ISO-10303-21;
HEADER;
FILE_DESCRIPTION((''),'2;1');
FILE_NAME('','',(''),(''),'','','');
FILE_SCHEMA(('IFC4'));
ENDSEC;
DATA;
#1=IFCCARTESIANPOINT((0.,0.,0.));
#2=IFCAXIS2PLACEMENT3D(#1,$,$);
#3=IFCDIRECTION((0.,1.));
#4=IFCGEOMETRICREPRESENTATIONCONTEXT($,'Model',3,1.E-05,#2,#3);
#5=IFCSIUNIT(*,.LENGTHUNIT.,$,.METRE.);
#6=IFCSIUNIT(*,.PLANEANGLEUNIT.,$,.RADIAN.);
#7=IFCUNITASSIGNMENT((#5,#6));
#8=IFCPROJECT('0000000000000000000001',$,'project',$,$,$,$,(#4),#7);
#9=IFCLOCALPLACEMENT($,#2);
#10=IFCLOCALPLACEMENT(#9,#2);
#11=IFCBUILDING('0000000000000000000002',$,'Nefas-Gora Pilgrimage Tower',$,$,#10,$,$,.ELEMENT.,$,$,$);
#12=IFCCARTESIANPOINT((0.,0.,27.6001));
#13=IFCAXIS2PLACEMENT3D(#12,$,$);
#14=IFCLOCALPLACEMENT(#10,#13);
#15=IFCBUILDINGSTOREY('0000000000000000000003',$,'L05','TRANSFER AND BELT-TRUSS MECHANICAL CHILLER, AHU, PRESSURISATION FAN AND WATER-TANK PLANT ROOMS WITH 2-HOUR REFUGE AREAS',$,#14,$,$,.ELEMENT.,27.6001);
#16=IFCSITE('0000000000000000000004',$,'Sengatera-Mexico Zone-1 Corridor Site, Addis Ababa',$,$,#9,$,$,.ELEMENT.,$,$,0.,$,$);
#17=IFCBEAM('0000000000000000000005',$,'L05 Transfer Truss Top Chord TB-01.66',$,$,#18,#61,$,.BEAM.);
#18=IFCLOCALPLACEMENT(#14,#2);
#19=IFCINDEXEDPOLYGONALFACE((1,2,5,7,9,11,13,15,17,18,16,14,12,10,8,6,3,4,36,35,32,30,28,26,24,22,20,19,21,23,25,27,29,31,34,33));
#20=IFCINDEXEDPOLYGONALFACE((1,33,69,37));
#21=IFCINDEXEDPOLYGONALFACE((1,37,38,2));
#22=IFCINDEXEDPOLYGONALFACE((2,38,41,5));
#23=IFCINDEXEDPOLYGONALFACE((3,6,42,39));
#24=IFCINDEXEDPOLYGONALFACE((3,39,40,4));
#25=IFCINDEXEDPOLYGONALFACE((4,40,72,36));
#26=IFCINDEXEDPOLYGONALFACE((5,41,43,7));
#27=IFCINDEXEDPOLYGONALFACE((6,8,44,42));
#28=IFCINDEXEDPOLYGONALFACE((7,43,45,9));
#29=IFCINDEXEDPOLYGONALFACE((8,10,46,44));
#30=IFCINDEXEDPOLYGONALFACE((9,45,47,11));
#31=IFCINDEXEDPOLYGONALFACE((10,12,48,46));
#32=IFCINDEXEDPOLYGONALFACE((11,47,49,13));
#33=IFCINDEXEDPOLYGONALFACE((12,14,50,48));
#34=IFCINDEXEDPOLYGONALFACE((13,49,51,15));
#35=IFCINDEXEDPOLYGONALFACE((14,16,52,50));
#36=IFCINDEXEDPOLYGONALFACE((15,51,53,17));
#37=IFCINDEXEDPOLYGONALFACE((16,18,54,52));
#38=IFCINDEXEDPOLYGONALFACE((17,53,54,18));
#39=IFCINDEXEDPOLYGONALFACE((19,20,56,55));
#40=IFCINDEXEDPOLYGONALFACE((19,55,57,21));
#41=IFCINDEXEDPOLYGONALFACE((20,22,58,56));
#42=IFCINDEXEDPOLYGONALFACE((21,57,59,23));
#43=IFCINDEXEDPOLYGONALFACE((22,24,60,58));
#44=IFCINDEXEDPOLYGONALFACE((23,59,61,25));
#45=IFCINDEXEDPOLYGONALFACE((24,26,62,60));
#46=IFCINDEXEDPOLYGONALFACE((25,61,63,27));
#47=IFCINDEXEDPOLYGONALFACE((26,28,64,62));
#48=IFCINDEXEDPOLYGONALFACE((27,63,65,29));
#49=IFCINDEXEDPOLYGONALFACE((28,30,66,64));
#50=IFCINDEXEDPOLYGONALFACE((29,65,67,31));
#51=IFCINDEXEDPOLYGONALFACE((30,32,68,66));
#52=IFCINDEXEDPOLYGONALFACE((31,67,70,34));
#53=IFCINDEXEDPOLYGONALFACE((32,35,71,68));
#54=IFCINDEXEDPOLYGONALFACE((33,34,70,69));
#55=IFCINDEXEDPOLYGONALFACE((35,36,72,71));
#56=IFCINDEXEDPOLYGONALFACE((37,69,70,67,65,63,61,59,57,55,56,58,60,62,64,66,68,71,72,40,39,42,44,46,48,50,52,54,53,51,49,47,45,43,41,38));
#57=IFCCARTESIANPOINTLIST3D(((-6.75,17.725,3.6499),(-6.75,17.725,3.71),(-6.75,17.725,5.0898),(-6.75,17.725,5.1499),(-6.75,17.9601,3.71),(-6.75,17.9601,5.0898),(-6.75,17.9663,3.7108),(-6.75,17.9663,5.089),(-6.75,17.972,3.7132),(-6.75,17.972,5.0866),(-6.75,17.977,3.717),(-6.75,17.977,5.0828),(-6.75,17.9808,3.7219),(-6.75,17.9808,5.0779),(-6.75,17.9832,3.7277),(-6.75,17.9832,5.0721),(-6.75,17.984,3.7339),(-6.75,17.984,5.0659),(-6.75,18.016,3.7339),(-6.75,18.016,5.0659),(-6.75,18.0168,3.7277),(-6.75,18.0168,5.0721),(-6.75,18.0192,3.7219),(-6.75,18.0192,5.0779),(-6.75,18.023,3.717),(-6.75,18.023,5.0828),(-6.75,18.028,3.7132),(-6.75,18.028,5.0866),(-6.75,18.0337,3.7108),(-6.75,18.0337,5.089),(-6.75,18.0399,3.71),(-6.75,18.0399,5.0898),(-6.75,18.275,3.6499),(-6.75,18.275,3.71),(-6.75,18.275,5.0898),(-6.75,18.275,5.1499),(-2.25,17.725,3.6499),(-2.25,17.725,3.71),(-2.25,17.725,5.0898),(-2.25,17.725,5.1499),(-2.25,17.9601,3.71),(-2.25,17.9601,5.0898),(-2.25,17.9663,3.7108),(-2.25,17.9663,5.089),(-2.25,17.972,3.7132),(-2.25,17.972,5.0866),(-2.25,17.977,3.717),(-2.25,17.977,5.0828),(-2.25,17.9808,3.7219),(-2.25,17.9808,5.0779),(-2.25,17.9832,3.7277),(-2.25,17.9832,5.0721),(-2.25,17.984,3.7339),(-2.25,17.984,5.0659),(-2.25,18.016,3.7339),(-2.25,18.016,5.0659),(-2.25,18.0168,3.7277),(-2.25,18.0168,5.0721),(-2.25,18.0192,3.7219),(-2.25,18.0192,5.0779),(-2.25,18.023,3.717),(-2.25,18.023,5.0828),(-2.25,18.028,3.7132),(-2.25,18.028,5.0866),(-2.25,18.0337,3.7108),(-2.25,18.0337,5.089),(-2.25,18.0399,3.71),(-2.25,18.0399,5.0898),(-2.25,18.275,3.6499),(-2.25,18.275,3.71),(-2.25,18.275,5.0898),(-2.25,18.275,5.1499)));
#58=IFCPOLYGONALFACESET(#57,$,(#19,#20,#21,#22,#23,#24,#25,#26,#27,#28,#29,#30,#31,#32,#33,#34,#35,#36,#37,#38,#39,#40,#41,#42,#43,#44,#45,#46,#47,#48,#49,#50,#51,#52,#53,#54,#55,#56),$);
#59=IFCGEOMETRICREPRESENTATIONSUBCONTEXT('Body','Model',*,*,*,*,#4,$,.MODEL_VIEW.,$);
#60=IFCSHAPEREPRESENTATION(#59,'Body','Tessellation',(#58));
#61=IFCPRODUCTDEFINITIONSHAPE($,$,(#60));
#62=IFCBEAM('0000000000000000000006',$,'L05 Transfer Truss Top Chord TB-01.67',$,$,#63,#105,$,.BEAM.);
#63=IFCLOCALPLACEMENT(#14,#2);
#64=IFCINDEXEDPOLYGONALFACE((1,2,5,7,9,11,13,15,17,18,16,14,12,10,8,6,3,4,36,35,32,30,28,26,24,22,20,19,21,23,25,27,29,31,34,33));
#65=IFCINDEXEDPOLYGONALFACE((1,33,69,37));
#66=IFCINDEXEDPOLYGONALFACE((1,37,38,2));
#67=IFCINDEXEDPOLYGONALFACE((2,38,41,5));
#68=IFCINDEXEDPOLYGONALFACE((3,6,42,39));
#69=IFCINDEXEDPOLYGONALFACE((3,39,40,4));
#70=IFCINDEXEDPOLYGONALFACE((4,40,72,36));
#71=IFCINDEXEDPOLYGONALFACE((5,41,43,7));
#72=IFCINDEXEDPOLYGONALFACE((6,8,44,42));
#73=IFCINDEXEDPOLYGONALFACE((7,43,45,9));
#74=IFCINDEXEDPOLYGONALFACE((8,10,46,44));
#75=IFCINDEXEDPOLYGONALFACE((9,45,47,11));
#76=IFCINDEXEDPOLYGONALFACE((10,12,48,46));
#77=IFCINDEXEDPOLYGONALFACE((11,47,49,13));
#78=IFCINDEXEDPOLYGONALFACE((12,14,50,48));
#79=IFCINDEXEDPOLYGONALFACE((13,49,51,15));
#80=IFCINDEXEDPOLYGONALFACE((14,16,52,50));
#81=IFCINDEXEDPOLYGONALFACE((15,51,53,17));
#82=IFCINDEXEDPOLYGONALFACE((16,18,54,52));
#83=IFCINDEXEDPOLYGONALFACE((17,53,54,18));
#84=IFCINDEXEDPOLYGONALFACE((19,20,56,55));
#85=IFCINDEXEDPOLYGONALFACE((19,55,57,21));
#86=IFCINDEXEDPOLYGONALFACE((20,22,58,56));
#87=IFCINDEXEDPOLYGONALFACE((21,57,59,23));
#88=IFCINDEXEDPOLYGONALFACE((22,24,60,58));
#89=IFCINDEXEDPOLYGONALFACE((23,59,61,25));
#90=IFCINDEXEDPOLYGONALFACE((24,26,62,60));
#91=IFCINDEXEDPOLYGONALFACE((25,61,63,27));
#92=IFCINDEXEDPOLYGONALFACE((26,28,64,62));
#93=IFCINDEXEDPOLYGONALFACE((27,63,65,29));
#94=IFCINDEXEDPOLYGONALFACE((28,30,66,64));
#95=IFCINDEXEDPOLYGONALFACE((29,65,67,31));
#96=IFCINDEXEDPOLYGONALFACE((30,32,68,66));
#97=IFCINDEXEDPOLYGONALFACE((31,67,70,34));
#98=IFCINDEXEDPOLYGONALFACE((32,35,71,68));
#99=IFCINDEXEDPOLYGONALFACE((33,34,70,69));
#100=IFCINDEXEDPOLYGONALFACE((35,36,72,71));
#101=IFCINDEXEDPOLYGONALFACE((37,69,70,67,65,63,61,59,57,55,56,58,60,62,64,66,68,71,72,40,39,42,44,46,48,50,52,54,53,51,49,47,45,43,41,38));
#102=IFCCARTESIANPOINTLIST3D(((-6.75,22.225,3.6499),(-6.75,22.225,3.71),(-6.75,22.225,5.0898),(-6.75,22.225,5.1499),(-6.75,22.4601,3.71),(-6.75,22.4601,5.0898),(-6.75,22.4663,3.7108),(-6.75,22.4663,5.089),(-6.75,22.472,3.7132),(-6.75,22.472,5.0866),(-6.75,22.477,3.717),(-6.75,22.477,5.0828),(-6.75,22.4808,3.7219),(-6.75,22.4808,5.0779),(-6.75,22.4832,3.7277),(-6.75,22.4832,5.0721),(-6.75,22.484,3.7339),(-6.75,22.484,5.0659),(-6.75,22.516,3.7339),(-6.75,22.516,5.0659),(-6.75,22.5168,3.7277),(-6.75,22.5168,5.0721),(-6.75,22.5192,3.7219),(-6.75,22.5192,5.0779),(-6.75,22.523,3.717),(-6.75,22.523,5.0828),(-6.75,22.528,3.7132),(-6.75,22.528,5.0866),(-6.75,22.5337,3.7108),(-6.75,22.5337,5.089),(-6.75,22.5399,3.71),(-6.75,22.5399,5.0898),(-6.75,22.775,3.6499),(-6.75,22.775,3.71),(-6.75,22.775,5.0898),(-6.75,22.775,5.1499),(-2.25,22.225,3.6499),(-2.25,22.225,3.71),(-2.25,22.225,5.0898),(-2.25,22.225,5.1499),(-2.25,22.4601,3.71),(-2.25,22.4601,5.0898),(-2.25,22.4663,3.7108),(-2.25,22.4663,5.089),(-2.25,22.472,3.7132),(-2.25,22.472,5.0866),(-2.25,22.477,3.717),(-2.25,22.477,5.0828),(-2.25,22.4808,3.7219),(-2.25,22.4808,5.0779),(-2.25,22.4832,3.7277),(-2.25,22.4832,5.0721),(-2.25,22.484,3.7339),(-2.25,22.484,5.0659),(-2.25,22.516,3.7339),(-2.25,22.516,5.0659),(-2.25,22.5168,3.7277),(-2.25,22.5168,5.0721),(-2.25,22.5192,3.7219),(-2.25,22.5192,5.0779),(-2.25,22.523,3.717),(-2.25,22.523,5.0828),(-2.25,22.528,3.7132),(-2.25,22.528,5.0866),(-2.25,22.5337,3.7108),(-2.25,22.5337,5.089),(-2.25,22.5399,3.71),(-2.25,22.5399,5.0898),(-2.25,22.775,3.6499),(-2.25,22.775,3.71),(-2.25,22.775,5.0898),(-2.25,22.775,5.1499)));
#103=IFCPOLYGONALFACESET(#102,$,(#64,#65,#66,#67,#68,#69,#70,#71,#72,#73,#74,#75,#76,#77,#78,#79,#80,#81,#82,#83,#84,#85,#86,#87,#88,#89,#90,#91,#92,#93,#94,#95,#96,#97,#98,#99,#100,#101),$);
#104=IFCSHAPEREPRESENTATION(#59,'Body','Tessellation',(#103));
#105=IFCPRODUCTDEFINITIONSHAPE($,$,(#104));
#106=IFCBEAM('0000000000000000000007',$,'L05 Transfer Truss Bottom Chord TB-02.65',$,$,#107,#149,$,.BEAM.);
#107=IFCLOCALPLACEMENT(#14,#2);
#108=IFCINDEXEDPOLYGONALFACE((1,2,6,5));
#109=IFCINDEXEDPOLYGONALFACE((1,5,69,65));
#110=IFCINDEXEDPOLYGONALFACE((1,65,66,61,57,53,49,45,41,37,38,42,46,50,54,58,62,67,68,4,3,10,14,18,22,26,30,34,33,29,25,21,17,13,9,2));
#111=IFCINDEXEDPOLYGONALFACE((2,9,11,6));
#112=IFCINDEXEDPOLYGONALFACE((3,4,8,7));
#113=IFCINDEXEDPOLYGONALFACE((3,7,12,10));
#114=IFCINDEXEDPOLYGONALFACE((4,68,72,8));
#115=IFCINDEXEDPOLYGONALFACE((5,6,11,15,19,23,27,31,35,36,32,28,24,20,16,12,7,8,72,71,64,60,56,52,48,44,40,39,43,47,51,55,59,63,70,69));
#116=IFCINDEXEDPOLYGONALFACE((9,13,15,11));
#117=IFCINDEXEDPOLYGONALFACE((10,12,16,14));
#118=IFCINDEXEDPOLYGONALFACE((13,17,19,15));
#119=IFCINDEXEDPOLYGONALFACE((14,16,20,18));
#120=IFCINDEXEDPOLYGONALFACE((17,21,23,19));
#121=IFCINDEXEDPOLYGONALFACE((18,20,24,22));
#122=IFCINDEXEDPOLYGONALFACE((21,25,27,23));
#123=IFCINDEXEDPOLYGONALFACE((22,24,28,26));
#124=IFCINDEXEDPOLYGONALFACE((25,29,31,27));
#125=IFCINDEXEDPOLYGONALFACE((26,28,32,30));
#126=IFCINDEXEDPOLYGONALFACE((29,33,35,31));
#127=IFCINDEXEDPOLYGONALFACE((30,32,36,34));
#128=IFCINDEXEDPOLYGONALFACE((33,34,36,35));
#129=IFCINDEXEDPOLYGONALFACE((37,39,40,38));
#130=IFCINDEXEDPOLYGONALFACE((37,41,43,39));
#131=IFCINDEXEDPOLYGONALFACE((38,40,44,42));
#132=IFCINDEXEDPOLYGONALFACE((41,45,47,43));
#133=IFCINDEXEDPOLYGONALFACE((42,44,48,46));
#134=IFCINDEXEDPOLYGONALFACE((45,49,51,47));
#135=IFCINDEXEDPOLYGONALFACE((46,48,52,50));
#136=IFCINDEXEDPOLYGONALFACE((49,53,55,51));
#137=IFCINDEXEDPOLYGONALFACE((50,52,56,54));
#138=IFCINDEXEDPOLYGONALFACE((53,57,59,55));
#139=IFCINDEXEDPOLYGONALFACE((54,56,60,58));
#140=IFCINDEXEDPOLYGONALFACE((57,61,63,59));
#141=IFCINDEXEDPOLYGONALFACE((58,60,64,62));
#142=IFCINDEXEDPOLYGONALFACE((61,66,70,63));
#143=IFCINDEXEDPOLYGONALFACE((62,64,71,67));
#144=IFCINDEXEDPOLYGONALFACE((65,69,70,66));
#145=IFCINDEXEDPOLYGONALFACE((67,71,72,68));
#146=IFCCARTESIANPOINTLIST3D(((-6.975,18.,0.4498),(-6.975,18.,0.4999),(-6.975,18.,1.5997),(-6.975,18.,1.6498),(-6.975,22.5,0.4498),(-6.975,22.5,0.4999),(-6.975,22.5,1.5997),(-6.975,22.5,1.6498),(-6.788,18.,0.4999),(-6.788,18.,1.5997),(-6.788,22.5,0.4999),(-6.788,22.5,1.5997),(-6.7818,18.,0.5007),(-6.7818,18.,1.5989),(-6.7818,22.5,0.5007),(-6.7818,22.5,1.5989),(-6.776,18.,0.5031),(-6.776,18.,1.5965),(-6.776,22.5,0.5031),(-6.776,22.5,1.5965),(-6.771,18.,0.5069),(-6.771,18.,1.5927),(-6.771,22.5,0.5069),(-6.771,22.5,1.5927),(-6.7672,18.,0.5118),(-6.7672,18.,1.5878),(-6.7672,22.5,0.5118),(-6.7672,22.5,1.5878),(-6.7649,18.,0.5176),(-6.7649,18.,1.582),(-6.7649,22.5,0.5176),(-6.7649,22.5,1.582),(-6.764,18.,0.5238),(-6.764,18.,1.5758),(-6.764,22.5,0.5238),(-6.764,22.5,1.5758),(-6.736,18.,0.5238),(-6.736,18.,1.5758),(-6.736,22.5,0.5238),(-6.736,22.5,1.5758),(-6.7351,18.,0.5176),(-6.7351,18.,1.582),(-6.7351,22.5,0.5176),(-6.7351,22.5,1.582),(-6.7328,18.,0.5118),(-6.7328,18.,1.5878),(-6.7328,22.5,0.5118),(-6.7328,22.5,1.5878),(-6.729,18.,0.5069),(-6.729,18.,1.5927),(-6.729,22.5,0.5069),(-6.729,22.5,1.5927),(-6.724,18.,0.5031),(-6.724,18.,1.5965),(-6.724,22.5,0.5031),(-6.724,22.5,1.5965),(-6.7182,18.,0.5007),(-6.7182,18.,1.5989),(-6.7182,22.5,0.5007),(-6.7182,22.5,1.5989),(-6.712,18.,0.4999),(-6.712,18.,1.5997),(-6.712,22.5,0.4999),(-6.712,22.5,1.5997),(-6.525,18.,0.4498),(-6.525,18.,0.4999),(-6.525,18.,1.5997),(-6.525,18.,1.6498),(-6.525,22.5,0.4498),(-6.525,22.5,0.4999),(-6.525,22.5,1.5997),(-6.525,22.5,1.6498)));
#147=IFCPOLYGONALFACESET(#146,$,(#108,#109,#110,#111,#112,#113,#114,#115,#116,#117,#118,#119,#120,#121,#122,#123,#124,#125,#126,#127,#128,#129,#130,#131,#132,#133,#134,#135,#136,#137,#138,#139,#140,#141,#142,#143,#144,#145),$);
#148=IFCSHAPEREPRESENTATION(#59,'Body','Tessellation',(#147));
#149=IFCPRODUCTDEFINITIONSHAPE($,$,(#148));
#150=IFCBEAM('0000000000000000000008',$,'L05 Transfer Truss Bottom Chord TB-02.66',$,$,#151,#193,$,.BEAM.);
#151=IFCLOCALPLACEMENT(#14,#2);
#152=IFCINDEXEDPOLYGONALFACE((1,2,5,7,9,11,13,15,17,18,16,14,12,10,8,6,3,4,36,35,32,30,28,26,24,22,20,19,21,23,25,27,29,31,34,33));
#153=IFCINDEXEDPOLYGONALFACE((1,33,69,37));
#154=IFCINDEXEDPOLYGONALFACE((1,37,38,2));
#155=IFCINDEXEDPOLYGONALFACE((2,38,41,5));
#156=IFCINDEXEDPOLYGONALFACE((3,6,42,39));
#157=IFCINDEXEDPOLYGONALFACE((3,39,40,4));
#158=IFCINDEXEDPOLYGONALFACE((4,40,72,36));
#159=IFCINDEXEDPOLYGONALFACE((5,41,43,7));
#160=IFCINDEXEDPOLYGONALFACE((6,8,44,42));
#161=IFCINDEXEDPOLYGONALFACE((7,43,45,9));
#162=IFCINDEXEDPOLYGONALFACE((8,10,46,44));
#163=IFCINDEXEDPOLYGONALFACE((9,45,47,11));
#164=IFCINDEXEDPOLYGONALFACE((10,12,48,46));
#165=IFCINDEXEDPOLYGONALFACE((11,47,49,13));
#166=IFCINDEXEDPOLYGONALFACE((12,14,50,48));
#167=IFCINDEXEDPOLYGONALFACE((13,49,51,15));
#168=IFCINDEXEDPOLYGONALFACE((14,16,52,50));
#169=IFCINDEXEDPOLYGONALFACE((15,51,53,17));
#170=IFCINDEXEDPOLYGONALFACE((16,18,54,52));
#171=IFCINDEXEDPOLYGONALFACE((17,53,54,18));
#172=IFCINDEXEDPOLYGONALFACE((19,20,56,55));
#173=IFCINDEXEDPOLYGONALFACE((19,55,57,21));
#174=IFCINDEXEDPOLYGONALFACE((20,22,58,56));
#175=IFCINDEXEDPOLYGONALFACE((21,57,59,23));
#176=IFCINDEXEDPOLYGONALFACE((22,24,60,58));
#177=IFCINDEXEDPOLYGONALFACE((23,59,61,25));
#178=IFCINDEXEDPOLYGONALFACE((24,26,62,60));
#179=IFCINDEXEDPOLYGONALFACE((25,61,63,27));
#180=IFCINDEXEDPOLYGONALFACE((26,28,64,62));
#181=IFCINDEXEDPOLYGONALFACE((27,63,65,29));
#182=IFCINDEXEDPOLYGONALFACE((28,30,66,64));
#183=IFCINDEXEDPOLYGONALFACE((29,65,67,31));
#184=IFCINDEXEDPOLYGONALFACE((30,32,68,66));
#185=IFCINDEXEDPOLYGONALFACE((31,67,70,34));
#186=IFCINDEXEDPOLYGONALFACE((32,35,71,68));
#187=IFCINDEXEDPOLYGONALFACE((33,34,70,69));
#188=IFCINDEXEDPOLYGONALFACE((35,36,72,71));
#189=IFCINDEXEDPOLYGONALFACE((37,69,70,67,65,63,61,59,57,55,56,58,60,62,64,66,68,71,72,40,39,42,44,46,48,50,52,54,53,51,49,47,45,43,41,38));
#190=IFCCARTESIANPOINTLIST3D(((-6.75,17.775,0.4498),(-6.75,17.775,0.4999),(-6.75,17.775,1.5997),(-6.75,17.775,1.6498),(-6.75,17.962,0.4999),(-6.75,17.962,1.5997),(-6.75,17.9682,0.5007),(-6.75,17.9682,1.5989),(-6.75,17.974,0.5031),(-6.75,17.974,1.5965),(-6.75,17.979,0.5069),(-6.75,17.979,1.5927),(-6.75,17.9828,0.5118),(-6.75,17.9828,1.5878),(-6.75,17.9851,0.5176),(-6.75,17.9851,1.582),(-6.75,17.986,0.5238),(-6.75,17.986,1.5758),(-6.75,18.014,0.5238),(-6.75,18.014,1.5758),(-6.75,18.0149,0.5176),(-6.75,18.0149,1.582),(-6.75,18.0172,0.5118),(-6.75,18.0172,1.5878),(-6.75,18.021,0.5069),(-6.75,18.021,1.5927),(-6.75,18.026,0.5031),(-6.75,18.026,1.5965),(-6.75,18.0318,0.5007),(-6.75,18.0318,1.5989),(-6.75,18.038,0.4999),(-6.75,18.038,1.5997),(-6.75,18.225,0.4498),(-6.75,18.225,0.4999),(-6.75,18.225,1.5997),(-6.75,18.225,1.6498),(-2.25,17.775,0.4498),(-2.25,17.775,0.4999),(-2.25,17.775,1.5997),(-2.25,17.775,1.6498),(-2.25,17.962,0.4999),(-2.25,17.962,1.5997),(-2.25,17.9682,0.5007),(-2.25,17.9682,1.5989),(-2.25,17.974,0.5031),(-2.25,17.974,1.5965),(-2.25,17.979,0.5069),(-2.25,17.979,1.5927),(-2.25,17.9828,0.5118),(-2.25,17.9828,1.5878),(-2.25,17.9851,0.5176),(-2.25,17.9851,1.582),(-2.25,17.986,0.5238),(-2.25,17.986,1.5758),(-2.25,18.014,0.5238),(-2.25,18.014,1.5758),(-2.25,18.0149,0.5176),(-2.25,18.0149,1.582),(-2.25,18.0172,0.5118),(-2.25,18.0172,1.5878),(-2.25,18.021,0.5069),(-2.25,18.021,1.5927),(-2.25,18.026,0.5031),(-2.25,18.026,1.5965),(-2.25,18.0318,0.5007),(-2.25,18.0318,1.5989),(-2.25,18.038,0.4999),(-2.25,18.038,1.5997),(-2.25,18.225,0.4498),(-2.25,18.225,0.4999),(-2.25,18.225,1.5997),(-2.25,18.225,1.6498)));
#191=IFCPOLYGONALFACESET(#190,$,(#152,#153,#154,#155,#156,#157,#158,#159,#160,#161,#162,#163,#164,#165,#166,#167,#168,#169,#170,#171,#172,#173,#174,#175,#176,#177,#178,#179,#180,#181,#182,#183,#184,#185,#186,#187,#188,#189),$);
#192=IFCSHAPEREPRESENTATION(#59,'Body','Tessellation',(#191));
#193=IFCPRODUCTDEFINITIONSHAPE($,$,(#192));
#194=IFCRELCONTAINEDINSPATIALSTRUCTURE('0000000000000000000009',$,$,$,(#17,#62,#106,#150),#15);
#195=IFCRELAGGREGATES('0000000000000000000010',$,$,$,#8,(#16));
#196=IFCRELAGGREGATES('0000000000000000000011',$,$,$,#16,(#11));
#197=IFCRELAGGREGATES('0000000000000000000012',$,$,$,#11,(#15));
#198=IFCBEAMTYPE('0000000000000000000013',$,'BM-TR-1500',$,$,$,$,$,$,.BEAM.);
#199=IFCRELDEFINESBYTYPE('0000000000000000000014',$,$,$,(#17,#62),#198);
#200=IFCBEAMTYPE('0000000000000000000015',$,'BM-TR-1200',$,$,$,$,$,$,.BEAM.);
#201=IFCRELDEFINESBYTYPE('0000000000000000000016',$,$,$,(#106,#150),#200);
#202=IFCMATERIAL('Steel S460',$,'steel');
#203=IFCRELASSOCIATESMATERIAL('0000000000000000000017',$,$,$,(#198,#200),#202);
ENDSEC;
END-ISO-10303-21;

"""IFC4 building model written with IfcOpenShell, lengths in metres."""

from ifc_helpers import new_model, si_unit, direction, frame, origin, origin_2d, place, context, subcontext, project, spatial, i_section, extrude, source, transform, mapped, material, material_profile, profile_set, type_object, element, save


model = new_model("IFC4")

# Units and contexts
model_context = context("Model", 3, precision=1e-05, world=origin(), true_north=direction((0.0, 1.0)))
body_context = subcontext(model_context, "Body", "Model", "MODEL_VIEW")
ifc_project = project(units=[si_unit("LENGTHUNIT", "METRE"), si_unit("PLANEANGLEUNIT", "RADIAN")], contexts=[model_context])

# Site, building, storey
site_placement = place(None, origin())
site = spatial("IfcSite", under=ifc_project, at=site_placement, Name="Sengatera-Mexico Zone-1 Corridor Site, Addis Ababa", CompositionType="ELEMENT", RefElevation=0.0)
building_placement = place(site_placement, origin())
building = spatial("IfcBuilding", under=site, at=building_placement, Name="Nefas-Gora Pilgrimage Tower", CompositionType="ELEMENT")
storey_placement = place(building_placement, frame((0.0, 0.0, 27.6001)))
storey = spatial("IfcBuildingStorey", under=building, at=storey_placement, Name="L05", Description="TRANSFER AND BELT-TRUSS MECHANICAL CHILLER, AHU, PRESSURISATION FAN AND WATER-TANK PLANT ROOMS WITH 2-HOUR REFUGE AREAS", CompositionType="ELEMENT", Elevation=27.6001)

# Shared definitions
ifc_material = material(Name="Steel S460", Category="steel")

# Beams
ifc_material_profile_1 = material_profile(ifc_material, i_section(OverallWidth=0.55, OverallDepth=1.5, WebThickness=0.032, FlangeThickness=0.0601, FilletRadius=0.0239, at=origin_2d()), Name="WPG 1500x550x32x60")
ifc_profile_set_1 = profile_set([ifc_material_profile_1], Name="Steel S460")
beam_type_1 = type_object("IfcBeamType", Name="BM-TR-1500", PredefinedType="BEAM", material=ifc_profile_set_1)
shared_shape_1 = source(origin(), body_context, "Body", "SweptSolid", [
    extrude(i_section(OverallWidth=0.55, OverallDepth=1.5, WebThickness=0.032, FlangeThickness=0.0601, FilletRadius=0.0239, at=origin_2d()), origin(), (0.0, 0.0, 1.0), 4.5),
])
for number, where, z_axis, x_axis, name in (
    (1, (-6.75, 18.0, 4.3999), (1.0, 0.0, 0.0), (0.0, 1.0, 0.0), "L05 Transfer Truss Top Chord TB-01.66"),
    (2, (-6.75, 22.5, 4.3999), (1.0, 0.0, 0.0), (0.0, 1.0, 0.0), "L05 Transfer Truss Top Chord TB-01.67"),
):
    element("IfcBeam", number, at=place(storey_placement, frame(where, z_axis=z_axis, x_axis=x_axis)), inside=storey, type_object=beam_type_1, Name=name, PredefinedType="BEAM", context=body_context, shape_type="MappedRepresentation", body=[
        mapped(shared_shape_1, transform((0.0, 0.0, 0.0), x_axis=(1.0, 0.0, 0.0), y_axis=(0.0, 1.0, 0.0), z_axis=(0.0, 0.0, 1.0), scale=1.0)),
    ])
ifc_material_profile_2 = material_profile(ifc_material, i_section(OverallWidth=0.45, OverallDepth=1.2, WebThickness=0.0281, FlangeThickness=0.05, FilletRadius=0.0239, at=origin_2d()), Name="WPG 1200x450x28x50")
ifc_profile_set_2 = profile_set([ifc_material_profile_2], Name="Steel S460")
beam_type_2 = type_object("IfcBeamType", Name="BM-TR-1200", PredefinedType="BEAM", material=ifc_profile_set_2)
shared_shape_2 = source(origin(), body_context, "Body", "SweptSolid", [
    extrude(i_section(OverallWidth=0.45, OverallDepth=1.2, WebThickness=0.0281, FlangeThickness=0.05, FilletRadius=0.0239, at=origin_2d()), origin(), (0.0, 0.0, 1.0), 4.5),
])
for number, where, z_axis, x_axis, name in (
    (3, (-6.75, 18.0, 1.0498), (0.0, 1.0, 0.0), (-1.0, 0.0, 0.0), "L05 Transfer Truss Bottom Chord TB-02.65"),
    (4, (-6.75, 18.0, 1.0498), (1.0, 0.0, 0.0), (0.0, 1.0, 0.0), "L05 Transfer Truss Bottom Chord TB-02.66"),
):
    element("IfcBeam", number, at=place(storey_placement, frame(where, z_axis=z_axis, x_axis=x_axis)), inside=storey, type_object=beam_type_2, Name=name, PredefinedType="BEAM", context=body_context, shape_type="MappedRepresentation", body=[
        mapped(shared_shape_2, transform((0.0, 0.0, 0.0), x_axis=(1.0, 0.0, 0.0), y_axis=(0.0, 1.0, 0.0), z_axis=(0.0, 0.0, 1.0), scale=1.0)),
    ])

save(model, "model.ifc")
